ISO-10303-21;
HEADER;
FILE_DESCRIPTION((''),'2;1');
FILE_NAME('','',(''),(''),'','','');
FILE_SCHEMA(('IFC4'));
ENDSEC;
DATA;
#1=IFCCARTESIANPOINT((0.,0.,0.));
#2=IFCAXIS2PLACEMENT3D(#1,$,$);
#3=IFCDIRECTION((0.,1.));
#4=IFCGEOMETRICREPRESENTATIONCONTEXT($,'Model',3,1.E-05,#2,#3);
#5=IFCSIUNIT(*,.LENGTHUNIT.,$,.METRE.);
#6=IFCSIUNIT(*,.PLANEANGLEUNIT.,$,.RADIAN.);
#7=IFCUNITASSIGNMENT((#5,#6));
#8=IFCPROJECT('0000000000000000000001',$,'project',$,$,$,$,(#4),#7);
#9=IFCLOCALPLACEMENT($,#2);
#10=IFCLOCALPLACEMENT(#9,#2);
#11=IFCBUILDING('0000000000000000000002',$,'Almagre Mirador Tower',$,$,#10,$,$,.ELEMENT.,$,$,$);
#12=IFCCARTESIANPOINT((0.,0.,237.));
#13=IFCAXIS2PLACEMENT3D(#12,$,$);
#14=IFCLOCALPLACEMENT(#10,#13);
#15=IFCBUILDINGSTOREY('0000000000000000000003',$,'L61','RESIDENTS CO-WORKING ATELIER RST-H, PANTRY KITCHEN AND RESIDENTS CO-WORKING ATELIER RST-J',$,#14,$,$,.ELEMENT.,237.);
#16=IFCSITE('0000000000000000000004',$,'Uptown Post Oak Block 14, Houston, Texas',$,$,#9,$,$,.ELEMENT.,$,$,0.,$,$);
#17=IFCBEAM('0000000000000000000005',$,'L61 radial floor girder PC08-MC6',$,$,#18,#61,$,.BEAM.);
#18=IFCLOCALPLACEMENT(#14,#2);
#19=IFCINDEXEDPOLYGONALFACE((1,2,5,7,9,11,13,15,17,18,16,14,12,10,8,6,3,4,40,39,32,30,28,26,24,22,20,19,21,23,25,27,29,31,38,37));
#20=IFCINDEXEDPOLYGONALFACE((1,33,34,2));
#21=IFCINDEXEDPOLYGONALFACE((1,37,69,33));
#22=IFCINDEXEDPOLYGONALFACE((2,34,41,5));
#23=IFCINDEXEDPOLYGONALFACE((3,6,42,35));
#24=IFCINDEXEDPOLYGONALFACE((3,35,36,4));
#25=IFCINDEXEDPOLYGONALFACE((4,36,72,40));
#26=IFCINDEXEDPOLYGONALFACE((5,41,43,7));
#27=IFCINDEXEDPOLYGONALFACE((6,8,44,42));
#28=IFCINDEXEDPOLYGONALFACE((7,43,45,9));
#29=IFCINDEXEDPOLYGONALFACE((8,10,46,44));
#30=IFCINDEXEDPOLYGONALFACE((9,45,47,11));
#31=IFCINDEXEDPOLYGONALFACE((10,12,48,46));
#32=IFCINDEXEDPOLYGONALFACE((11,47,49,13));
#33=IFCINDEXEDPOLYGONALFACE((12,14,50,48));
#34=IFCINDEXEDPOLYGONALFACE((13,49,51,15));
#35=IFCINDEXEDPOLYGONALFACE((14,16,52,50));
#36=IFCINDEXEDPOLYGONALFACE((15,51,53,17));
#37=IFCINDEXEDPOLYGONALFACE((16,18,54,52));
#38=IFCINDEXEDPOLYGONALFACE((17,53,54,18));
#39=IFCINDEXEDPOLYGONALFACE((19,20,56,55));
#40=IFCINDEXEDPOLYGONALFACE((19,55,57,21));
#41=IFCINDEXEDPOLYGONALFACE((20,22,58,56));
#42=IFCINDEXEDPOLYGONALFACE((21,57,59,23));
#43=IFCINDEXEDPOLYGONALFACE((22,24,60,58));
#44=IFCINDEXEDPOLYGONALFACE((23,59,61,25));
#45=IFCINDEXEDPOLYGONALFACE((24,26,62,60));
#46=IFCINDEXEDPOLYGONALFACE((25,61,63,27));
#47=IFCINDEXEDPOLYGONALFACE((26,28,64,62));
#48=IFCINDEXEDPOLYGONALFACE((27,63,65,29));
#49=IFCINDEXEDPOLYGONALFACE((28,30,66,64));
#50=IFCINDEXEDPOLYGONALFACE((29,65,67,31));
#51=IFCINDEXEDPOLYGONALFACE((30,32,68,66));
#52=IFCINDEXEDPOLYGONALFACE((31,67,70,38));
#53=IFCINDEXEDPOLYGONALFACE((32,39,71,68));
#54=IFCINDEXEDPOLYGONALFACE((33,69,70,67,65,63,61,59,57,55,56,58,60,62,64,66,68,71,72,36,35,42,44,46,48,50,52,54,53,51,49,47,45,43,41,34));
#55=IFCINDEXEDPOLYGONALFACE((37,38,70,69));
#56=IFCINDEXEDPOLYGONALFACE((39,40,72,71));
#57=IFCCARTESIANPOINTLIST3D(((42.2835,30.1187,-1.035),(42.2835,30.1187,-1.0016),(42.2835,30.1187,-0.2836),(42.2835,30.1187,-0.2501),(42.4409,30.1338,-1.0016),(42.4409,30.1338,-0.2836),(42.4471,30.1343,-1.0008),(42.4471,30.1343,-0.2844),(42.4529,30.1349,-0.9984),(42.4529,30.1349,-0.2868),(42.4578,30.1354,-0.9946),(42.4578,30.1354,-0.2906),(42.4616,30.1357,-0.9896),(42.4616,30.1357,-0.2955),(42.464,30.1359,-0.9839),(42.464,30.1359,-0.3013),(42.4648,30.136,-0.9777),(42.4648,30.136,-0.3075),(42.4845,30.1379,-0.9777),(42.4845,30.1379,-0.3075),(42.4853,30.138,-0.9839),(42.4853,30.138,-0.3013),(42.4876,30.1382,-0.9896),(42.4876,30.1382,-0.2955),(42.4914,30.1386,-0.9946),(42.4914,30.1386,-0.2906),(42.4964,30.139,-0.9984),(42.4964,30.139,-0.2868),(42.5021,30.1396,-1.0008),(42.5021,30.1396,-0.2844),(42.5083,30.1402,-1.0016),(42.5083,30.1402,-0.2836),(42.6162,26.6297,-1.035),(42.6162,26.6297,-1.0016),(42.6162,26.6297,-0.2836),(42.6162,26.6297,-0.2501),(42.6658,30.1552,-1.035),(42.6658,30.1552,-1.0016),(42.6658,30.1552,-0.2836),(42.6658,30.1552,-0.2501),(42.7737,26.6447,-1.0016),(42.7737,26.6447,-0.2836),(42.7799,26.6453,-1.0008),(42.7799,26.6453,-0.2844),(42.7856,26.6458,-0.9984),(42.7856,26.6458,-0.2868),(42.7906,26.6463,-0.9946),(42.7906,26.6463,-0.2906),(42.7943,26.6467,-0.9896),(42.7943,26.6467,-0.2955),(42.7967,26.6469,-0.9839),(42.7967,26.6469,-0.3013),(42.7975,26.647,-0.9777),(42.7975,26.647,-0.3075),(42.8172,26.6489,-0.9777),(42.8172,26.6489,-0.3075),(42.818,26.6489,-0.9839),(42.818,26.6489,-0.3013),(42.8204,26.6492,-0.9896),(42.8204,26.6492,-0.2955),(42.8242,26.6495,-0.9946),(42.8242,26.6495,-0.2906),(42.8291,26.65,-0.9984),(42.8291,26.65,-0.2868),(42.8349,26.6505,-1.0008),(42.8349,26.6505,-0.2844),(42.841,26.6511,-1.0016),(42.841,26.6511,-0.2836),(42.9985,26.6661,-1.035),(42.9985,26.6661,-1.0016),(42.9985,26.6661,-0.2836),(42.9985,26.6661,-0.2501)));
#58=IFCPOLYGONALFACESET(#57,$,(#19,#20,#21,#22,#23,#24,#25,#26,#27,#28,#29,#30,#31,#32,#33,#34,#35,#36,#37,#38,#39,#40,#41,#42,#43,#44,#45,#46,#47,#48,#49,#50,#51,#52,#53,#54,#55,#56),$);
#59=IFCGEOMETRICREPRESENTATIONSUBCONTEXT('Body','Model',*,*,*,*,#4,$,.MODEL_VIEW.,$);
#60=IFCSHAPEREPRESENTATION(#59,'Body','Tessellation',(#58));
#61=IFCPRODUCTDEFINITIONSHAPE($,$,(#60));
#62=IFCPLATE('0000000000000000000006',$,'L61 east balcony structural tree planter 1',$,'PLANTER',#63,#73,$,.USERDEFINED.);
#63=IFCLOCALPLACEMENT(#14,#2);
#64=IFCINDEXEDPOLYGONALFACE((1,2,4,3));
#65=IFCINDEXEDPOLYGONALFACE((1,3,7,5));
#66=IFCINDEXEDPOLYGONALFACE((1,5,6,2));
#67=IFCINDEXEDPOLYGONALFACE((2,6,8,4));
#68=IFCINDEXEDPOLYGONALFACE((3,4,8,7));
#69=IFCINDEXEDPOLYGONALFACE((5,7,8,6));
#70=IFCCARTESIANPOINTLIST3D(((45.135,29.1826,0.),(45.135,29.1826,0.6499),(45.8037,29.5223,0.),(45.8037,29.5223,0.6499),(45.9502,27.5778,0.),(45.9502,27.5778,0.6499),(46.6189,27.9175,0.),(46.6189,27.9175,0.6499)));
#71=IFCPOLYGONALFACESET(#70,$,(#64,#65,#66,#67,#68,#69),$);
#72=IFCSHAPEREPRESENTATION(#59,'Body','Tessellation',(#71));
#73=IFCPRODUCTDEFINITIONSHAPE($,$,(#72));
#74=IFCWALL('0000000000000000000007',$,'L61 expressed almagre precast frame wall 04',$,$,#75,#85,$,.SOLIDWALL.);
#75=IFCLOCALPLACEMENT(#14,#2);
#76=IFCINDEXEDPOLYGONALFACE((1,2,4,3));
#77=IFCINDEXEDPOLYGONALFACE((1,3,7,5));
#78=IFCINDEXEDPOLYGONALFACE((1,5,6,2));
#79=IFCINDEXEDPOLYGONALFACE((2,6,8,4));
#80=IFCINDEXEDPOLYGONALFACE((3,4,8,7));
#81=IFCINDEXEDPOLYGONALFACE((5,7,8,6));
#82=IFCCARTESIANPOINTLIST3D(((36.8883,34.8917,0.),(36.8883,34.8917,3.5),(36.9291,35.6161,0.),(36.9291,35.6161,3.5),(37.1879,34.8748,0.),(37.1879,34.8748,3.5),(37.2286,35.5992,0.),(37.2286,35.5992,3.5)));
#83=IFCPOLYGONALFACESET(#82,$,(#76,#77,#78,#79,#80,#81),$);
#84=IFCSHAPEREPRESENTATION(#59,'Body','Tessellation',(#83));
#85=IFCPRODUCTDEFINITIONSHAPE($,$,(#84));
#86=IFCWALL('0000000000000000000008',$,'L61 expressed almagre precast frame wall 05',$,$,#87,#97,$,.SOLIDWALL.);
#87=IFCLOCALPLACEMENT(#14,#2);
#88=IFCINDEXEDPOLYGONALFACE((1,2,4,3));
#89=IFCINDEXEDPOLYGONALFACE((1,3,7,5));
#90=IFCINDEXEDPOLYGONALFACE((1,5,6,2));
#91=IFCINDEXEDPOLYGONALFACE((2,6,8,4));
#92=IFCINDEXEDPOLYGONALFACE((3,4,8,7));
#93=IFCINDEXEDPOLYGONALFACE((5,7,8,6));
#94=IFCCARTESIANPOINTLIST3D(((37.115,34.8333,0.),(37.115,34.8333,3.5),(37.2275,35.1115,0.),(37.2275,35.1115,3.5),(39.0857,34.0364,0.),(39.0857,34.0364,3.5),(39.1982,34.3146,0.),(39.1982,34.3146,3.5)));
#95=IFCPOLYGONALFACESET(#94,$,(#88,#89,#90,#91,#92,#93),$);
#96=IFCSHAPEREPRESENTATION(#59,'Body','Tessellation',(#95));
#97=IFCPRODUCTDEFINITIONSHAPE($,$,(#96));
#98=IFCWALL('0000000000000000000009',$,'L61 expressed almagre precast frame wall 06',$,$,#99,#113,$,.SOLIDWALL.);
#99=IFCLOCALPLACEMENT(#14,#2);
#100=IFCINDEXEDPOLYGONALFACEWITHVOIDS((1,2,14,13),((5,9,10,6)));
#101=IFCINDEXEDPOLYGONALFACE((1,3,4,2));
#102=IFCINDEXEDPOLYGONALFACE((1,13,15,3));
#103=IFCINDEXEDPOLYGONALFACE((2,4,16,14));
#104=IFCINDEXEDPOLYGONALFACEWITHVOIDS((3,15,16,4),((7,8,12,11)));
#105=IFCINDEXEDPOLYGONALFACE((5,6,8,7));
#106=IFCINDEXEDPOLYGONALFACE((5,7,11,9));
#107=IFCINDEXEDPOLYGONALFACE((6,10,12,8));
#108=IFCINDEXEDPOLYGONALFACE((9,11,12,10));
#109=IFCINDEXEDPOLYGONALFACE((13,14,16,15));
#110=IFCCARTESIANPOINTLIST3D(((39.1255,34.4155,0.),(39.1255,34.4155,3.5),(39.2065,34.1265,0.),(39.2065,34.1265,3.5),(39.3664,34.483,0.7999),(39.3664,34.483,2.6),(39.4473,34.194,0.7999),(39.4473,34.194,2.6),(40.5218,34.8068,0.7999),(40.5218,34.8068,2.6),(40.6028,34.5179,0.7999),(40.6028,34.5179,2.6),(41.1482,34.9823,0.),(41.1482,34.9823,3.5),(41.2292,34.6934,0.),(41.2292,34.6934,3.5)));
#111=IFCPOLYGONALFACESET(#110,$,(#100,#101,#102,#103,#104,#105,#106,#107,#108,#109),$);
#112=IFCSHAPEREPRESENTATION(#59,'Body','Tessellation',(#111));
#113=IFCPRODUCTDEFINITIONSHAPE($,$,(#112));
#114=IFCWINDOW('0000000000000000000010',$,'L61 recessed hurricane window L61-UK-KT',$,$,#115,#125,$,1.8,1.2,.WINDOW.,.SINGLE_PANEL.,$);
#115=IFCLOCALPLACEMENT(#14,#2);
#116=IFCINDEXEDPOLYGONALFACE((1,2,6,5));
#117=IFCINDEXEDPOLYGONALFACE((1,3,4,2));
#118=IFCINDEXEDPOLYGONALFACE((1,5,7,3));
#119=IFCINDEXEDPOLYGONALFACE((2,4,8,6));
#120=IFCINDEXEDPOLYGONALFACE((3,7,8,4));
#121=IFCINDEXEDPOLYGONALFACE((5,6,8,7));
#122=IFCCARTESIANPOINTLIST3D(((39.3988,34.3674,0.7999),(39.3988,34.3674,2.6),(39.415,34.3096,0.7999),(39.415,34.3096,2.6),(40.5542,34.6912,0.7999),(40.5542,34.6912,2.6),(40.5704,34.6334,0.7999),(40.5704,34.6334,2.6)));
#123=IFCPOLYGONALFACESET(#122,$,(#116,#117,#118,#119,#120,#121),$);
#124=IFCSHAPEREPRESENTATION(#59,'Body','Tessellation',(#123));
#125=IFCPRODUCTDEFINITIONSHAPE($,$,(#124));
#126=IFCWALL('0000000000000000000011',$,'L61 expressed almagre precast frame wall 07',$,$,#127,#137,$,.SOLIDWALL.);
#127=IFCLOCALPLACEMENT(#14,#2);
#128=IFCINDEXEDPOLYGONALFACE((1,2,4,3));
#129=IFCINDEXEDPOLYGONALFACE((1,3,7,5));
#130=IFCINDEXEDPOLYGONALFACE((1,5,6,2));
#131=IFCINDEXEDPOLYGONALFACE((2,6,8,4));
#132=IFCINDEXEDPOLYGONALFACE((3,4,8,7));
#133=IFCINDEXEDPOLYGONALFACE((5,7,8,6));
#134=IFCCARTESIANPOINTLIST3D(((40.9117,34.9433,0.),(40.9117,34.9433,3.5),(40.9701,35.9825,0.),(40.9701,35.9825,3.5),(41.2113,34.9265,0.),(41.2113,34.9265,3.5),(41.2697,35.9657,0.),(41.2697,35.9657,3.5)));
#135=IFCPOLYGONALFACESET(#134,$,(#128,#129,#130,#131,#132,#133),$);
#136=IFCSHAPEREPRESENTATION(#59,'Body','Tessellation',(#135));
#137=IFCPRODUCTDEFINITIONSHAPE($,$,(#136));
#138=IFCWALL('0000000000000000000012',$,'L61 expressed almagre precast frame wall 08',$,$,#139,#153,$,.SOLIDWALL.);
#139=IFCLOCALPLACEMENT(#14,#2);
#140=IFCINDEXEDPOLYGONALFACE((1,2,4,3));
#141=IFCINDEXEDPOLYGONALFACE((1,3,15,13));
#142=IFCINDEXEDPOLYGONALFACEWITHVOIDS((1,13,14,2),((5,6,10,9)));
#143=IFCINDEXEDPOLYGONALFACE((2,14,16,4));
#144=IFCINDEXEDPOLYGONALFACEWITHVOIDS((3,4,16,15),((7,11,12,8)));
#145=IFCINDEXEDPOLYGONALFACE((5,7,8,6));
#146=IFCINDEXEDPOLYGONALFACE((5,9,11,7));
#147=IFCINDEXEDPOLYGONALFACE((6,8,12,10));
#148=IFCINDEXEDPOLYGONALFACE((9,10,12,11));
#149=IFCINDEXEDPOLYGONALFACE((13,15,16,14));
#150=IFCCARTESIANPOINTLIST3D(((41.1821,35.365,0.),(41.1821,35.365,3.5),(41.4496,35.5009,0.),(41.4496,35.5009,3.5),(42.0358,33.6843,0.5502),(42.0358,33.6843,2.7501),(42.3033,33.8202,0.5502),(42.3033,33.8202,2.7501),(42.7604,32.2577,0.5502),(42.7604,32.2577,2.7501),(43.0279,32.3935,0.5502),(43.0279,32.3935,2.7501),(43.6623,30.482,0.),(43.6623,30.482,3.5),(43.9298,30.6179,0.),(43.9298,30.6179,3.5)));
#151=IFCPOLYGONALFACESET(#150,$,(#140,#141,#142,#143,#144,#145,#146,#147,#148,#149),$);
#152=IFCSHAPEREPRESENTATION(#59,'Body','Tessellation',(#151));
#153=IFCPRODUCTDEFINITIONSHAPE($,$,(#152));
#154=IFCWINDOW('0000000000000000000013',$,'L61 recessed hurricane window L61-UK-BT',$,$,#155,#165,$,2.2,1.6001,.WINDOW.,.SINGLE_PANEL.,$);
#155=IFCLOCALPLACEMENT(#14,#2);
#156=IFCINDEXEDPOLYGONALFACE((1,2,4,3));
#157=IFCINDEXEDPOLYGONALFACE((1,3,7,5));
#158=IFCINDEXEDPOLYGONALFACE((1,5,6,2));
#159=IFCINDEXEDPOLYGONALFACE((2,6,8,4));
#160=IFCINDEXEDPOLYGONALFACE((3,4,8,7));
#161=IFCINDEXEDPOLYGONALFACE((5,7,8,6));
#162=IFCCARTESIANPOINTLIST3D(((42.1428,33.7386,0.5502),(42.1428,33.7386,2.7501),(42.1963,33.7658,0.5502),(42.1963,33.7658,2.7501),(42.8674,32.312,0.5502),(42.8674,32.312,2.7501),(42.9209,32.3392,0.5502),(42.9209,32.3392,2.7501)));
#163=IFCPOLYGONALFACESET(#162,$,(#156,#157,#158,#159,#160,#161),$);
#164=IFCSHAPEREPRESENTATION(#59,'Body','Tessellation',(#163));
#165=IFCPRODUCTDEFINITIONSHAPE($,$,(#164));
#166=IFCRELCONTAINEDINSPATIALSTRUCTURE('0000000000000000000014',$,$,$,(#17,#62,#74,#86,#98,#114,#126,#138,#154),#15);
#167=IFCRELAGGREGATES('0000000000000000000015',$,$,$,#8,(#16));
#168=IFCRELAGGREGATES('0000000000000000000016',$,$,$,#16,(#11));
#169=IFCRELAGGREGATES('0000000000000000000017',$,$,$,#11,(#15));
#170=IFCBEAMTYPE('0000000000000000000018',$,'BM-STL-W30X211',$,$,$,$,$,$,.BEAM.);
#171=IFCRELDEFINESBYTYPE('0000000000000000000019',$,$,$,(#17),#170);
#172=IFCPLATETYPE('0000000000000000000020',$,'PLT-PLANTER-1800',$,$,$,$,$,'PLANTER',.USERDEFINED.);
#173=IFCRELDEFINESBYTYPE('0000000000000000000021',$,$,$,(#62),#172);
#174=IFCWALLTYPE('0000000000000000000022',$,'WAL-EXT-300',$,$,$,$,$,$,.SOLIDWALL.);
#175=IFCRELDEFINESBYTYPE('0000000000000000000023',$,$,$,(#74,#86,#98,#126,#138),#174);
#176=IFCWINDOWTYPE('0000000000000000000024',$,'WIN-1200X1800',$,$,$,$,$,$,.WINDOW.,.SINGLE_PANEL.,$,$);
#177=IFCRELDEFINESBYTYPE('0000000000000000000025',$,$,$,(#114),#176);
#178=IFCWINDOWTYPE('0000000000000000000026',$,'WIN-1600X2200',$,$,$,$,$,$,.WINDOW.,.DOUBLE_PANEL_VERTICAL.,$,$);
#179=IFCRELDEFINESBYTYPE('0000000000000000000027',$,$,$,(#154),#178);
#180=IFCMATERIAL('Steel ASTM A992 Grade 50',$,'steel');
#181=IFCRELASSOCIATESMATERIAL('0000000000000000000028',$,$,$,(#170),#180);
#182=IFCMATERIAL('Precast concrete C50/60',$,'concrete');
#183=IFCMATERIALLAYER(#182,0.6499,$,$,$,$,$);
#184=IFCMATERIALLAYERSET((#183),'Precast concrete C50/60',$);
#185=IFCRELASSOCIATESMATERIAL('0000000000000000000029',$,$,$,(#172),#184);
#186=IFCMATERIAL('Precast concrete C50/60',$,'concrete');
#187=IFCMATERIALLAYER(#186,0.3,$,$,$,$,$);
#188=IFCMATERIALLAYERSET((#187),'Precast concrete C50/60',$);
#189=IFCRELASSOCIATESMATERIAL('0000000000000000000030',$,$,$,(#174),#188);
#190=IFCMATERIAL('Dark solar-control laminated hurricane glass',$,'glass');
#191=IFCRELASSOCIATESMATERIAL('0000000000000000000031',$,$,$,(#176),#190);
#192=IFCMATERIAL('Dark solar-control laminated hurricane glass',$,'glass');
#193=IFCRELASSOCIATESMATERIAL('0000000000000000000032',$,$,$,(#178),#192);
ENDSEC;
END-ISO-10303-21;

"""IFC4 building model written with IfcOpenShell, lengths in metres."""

from ifc_helpers import new_model, si_unit, direction, frame, frame_2d, origin, origin_2d, place, context, subcontext, project, spatial, rectangle, i_section, extrude, material, layer, layer_set, material_profile, profile_set, type_object, element, fill, save


model = new_model("IFC4")

# Units and contexts
model_context = context("Model", 3, precision=1e-05, world=origin(), true_north=direction((0.0, 1.0)))
body_context = subcontext(model_context, "Body", "Model", "MODEL_VIEW")
ifc_project = project(units=[si_unit("LENGTHUNIT", "METRE"), si_unit("PLANEANGLEUNIT", "RADIAN")], contexts=[model_context])

# Site, building, storey
site_placement = place(None, origin())
site = spatial("IfcSite", under=ifc_project, at=site_placement, Name="Uptown Post Oak Block 14, Houston, Texas", CompositionType="ELEMENT", RefElevation=0.0)
building_placement = place(site_placement, origin())
building = spatial("IfcBuilding", under=site, at=building_placement, Name="Almagre Mirador Tower", CompositionType="ELEMENT")
storey_placement = place(building_placement, frame((0.0, 0.0, 237.0)))
storey = spatial("IfcBuildingStorey", under=building, at=storey_placement, Name="L61", Description="RESIDENTS CO-WORKING ATELIER RST-H, PANTRY KITCHEN AND RESIDENTS CO-WORKING ATELIER RST-J", CompositionType="ELEMENT", Elevation=237.0)

# Beam
ifc_material_1 = material(Name="Steel ASTM A992 Grade 50", Category="steel")
ifc_material_profile_1 = material_profile(ifc_material_1, i_section(OverallWidth=0.384, OverallDepth=0.7849, WebThickness=0.0198, FlangeThickness=0.0334, FilletRadius=0.0239, at=origin_2d()), Name="W30X211")
ifc_profile_set_1 = profile_set([ifc_material_profile_1], Name="Steel ASTM A992 Grade 50")
beam_type_1 = type_object("IfcBeamType", Name="BM-STL-W30X211", PredefinedType="BEAM", material=ifc_profile_set_1)
beam_1_placement = place(storey_placement, frame((42.4746, 30.137, -0.6426), z_axis=(0.094944, -0.995483, 0.0), x_axis=(0.995483, 0.094944, 0.0)))
element("IfcBeam", 1, at=beam_1_placement, inside=storey, type_object=beam_type_1, Name="L61 radial floor girder PC08-MC6", PredefinedType="BEAM", context=body_context, shape_type="SweptSolid", body=[
    extrude(i_section(OverallWidth=0.384, OverallDepth=0.7849, WebThickness=0.0198, FlangeThickness=0.0334, FilletRadius=0.0239, at=origin_2d()), origin(), (0.0, 0.0, 1.0), 3.5049),
])

# Plate
ifc_material_2 = material(Name="Precast concrete C50/60", Category="concrete")
ifc_layer_1 = layer(ifc_material_2, 0.6499)
ifc_layer_set_1 = layer_set([ifc_layer_1], Name="Precast concrete C50/60")
plate_type = type_object("IfcPlateType", Name="PLT-PLANTER-1800", ElementType="PLANTER", PredefinedType="USERDEFINED", material=ifc_layer_set_1)
plate_placement = place(storey_placement, frame((45.877, 28.55, 0.0), z_axis=(0.0, 0.0, 1.0), x_axis=(-0.452902, 0.891561, 0.0)))
element("IfcPlate", 2, at=plate_placement, inside=storey, type_object=plate_type, Name="L61 east balcony structural tree planter 1", ObjectType="PLANTER", PredefinedType="USERDEFINED", context=body_context, shape_type="SweptSolid", body=[
    extrude(rectangle(XDim=1.8, YDim=0.75, at=origin_2d()), origin(), (0.0, 0.0, 1.0), 0.6499),
])

# Walls
ifc_material_3 = material(Name="Precast concrete C50/60", Category="concrete")
ifc_layer_2 = layer(ifc_material_3, 0.3)
ifc_layer_set_2 = layer_set([ifc_layer_2], Name="Precast concrete C50/60")
wall_type_1 = type_object("IfcWallType", Name="WAL-EXT-300", PredefinedType="SOLIDWALL", material=ifc_layer_set_2)
wall_1_placement = place(storey_placement, frame((37.0789, 35.6077, 0.0), z_axis=(0.0, 0.0, 1.0), x_axis=(-0.056197, -0.99842, 0.0)))
element("IfcWall", 3, at=wall_1_placement, inside=storey, type_object=wall_type_1, Name="L61 expressed almagre precast frame wall 04", PredefinedType="SOLIDWALL", context=body_context, shape_type="SweptSolid", body=[
    extrude(rectangle(XDim=0.7256, YDim=0.3, at=frame_2d((0.3628, 0.0))), origin(), (0.0, 0.0, 1.0), 3.5),
])
wall_2_placement = place(storey_placement, frame((37.1711, 34.9724, 0.0), z_axis=(0.0, 0.0, 1.0), x_axis=(0.927076, -0.374873, 0.0)))
element("IfcWall", 4, at=wall_2_placement, inside=storey, type_object=wall_type_1, Name="L61 expressed almagre precast frame wall 05", PredefinedType="SOLIDWALL", context=body_context, shape_type="SweptSolid", body=[
    extrude(rectangle(XDim=2.1257, YDim=0.3, at=frame_2d((1.063, 0.0))), origin(), (0.0, 0.0, 1.0), 3.5),
])

# Wall, opening, window
wall_3_placement = place(storey_placement, frame((39.166, 34.271, 0.0), z_axis=(0.0, 0.0, 1.0), x_axis=(0.962898, 0.269867, 0.0)))
wall_3 = element("IfcWall", 5, at=wall_3_placement, inside=storey, type_object=wall_type_1, Name="L61 expressed almagre precast frame wall 06", PredefinedType="SOLIDWALL", context=body_context, shape_type="SweptSolid", body=[
    extrude(rectangle(XDim=2.1006, YDim=0.3, at=frame_2d((1.0503, 0.0))), origin(), (0.0, 0.0, 1.0), 3.5),
])
opening_1_placement = place(wall_3_placement, frame((0.25, 0.0, 0.8)))
opening_1 = element("IfcOpeningElement", 6, at=opening_1_placement, cuts=wall_3, PredefinedType="OPENING", context=body_context, shape_type="SweptSolid", body=[
    extrude(rectangle(XDim=1.2, YDim=1.8, at=frame_2d((0.6001, 0.8999))), frame((0.0, 0.1599, 0.0), z_axis=(0.0, -1.0, 0.0), x_axis=(1.0, 0.0, 0.0)), (0.0, 0.0, 1.0), 0.32),
])
ifc_material_4 = material(Name="Dark solar-control laminated hurricane glass", Category="glass")
window_type_1 = type_object("IfcWindowType", Name="WIN-1200X1800", PartitioningType="SINGLE_PANEL", PredefinedType="WINDOW", material=ifc_material_4)
window_1_placement = place(opening_1_placement, origin())
window_1 = element("IfcWindow", 7, at=window_1_placement, inside=storey, type_object=window_type_1, Name="L61 recessed hurricane window L61-UK-KT", OverallHeight=1.8, OverallWidth=1.2, PartitioningType="SINGLE_PANEL", PredefinedType="WINDOW", context=body_context, shape_type="SweptSolid", body=[
    extrude(rectangle(XDim=1.2, YDim=1.8, at=frame_2d((0.6001, 0.8999))), frame((0.0, 0.03, 0.0), z_axis=(0.0, -1.0, 0.0), x_axis=(1.0, 0.0, 0.0)), (0.0, 0.0, 1.0), 0.0601),
])
fill(opening_1, window_1)

# Wall
wall_4_placement = place(storey_placement, frame((41.0615, 34.9348, 0.0), z_axis=(0.0, 0.0, 1.0), x_axis=(0.056068, 0.998427, 0.0)))
element("IfcWall", 8, at=wall_4_placement, inside=storey, type_object=wall_type_1, Name="L61 expressed almagre precast frame wall 07", PredefinedType="SOLIDWALL", context=body_context, shape_type="SweptSolid", body=[
    extrude(rectangle(XDim=1.0408, YDim=0.3, at=frame_2d((0.5205, 0.0))), origin(), (0.0, 0.0, 1.0), 3.5),
])

# Wall, opening, window
wall_5_placement = place(storey_placement, frame((41.3159, 35.4329, 0.0), z_axis=(0.0, 0.0, 1.0), x_axis=(0.452857, -0.891583, 0.0)))
wall_5 = element("IfcWall", 9, at=wall_5_placement, inside=storey, type_object=wall_type_1, Name="L61 expressed almagre precast frame wall 08", PredefinedType="SOLIDWALL", context=body_context, shape_type="SweptSolid", body=[
    extrude(rectangle(XDim=5.4768, YDim=0.3, at=frame_2d((2.7383, 0.0))), origin(), (0.0, 0.0, 1.0), 3.5),
])
opening_2_placement = place(wall_5_placement, frame((1.885, 0.0, 0.55)))
opening_2 = element("IfcOpeningElement", 10, at=opening_2_placement, cuts=wall_5, PredefinedType="OPENING", context=body_context, shape_type="SweptSolid", body=[
    extrude(rectangle(XDim=1.6001, YDim=2.2, at=frame_2d((0.8, 1.1001))), frame((0.0, 0.1599, 0.0), z_axis=(0.0, -1.0, 0.0), x_axis=(1.0, 0.0, 0.0)), (0.0, 0.0, 1.0), 0.32),
])
ifc_material_5 = material(Name="Dark solar-control laminated hurricane glass", Category="glass")
window_type_2 = type_object("IfcWindowType", Name="WIN-1600X2200", PartitioningType="DOUBLE_PANEL_VERTICAL", PredefinedType="WINDOW", material=ifc_material_5)
window_2_placement = place(opening_2_placement, origin())
window_2 = element("IfcWindow", 11, at=window_2_placement, inside=storey, type_object=window_type_2, Name="L61 recessed hurricane window L61-UK-BT", OverallHeight=2.2, OverallWidth=1.6001, PartitioningType="SINGLE_PANEL", PredefinedType="WINDOW", context=body_context, shape_type="SweptSolid", body=[
    extrude(rectangle(XDim=1.6001, YDim=2.2, at=frame_2d((0.8, 1.1001))), frame((0.0, 0.03, 0.0), z_axis=(0.0, -1.0, 0.0), x_axis=(1.0, 0.0, 0.0)), (0.0, 0.0, 1.0), 0.0601),
])
fill(opening_2, window_2)

save(model, "model.ifc")
